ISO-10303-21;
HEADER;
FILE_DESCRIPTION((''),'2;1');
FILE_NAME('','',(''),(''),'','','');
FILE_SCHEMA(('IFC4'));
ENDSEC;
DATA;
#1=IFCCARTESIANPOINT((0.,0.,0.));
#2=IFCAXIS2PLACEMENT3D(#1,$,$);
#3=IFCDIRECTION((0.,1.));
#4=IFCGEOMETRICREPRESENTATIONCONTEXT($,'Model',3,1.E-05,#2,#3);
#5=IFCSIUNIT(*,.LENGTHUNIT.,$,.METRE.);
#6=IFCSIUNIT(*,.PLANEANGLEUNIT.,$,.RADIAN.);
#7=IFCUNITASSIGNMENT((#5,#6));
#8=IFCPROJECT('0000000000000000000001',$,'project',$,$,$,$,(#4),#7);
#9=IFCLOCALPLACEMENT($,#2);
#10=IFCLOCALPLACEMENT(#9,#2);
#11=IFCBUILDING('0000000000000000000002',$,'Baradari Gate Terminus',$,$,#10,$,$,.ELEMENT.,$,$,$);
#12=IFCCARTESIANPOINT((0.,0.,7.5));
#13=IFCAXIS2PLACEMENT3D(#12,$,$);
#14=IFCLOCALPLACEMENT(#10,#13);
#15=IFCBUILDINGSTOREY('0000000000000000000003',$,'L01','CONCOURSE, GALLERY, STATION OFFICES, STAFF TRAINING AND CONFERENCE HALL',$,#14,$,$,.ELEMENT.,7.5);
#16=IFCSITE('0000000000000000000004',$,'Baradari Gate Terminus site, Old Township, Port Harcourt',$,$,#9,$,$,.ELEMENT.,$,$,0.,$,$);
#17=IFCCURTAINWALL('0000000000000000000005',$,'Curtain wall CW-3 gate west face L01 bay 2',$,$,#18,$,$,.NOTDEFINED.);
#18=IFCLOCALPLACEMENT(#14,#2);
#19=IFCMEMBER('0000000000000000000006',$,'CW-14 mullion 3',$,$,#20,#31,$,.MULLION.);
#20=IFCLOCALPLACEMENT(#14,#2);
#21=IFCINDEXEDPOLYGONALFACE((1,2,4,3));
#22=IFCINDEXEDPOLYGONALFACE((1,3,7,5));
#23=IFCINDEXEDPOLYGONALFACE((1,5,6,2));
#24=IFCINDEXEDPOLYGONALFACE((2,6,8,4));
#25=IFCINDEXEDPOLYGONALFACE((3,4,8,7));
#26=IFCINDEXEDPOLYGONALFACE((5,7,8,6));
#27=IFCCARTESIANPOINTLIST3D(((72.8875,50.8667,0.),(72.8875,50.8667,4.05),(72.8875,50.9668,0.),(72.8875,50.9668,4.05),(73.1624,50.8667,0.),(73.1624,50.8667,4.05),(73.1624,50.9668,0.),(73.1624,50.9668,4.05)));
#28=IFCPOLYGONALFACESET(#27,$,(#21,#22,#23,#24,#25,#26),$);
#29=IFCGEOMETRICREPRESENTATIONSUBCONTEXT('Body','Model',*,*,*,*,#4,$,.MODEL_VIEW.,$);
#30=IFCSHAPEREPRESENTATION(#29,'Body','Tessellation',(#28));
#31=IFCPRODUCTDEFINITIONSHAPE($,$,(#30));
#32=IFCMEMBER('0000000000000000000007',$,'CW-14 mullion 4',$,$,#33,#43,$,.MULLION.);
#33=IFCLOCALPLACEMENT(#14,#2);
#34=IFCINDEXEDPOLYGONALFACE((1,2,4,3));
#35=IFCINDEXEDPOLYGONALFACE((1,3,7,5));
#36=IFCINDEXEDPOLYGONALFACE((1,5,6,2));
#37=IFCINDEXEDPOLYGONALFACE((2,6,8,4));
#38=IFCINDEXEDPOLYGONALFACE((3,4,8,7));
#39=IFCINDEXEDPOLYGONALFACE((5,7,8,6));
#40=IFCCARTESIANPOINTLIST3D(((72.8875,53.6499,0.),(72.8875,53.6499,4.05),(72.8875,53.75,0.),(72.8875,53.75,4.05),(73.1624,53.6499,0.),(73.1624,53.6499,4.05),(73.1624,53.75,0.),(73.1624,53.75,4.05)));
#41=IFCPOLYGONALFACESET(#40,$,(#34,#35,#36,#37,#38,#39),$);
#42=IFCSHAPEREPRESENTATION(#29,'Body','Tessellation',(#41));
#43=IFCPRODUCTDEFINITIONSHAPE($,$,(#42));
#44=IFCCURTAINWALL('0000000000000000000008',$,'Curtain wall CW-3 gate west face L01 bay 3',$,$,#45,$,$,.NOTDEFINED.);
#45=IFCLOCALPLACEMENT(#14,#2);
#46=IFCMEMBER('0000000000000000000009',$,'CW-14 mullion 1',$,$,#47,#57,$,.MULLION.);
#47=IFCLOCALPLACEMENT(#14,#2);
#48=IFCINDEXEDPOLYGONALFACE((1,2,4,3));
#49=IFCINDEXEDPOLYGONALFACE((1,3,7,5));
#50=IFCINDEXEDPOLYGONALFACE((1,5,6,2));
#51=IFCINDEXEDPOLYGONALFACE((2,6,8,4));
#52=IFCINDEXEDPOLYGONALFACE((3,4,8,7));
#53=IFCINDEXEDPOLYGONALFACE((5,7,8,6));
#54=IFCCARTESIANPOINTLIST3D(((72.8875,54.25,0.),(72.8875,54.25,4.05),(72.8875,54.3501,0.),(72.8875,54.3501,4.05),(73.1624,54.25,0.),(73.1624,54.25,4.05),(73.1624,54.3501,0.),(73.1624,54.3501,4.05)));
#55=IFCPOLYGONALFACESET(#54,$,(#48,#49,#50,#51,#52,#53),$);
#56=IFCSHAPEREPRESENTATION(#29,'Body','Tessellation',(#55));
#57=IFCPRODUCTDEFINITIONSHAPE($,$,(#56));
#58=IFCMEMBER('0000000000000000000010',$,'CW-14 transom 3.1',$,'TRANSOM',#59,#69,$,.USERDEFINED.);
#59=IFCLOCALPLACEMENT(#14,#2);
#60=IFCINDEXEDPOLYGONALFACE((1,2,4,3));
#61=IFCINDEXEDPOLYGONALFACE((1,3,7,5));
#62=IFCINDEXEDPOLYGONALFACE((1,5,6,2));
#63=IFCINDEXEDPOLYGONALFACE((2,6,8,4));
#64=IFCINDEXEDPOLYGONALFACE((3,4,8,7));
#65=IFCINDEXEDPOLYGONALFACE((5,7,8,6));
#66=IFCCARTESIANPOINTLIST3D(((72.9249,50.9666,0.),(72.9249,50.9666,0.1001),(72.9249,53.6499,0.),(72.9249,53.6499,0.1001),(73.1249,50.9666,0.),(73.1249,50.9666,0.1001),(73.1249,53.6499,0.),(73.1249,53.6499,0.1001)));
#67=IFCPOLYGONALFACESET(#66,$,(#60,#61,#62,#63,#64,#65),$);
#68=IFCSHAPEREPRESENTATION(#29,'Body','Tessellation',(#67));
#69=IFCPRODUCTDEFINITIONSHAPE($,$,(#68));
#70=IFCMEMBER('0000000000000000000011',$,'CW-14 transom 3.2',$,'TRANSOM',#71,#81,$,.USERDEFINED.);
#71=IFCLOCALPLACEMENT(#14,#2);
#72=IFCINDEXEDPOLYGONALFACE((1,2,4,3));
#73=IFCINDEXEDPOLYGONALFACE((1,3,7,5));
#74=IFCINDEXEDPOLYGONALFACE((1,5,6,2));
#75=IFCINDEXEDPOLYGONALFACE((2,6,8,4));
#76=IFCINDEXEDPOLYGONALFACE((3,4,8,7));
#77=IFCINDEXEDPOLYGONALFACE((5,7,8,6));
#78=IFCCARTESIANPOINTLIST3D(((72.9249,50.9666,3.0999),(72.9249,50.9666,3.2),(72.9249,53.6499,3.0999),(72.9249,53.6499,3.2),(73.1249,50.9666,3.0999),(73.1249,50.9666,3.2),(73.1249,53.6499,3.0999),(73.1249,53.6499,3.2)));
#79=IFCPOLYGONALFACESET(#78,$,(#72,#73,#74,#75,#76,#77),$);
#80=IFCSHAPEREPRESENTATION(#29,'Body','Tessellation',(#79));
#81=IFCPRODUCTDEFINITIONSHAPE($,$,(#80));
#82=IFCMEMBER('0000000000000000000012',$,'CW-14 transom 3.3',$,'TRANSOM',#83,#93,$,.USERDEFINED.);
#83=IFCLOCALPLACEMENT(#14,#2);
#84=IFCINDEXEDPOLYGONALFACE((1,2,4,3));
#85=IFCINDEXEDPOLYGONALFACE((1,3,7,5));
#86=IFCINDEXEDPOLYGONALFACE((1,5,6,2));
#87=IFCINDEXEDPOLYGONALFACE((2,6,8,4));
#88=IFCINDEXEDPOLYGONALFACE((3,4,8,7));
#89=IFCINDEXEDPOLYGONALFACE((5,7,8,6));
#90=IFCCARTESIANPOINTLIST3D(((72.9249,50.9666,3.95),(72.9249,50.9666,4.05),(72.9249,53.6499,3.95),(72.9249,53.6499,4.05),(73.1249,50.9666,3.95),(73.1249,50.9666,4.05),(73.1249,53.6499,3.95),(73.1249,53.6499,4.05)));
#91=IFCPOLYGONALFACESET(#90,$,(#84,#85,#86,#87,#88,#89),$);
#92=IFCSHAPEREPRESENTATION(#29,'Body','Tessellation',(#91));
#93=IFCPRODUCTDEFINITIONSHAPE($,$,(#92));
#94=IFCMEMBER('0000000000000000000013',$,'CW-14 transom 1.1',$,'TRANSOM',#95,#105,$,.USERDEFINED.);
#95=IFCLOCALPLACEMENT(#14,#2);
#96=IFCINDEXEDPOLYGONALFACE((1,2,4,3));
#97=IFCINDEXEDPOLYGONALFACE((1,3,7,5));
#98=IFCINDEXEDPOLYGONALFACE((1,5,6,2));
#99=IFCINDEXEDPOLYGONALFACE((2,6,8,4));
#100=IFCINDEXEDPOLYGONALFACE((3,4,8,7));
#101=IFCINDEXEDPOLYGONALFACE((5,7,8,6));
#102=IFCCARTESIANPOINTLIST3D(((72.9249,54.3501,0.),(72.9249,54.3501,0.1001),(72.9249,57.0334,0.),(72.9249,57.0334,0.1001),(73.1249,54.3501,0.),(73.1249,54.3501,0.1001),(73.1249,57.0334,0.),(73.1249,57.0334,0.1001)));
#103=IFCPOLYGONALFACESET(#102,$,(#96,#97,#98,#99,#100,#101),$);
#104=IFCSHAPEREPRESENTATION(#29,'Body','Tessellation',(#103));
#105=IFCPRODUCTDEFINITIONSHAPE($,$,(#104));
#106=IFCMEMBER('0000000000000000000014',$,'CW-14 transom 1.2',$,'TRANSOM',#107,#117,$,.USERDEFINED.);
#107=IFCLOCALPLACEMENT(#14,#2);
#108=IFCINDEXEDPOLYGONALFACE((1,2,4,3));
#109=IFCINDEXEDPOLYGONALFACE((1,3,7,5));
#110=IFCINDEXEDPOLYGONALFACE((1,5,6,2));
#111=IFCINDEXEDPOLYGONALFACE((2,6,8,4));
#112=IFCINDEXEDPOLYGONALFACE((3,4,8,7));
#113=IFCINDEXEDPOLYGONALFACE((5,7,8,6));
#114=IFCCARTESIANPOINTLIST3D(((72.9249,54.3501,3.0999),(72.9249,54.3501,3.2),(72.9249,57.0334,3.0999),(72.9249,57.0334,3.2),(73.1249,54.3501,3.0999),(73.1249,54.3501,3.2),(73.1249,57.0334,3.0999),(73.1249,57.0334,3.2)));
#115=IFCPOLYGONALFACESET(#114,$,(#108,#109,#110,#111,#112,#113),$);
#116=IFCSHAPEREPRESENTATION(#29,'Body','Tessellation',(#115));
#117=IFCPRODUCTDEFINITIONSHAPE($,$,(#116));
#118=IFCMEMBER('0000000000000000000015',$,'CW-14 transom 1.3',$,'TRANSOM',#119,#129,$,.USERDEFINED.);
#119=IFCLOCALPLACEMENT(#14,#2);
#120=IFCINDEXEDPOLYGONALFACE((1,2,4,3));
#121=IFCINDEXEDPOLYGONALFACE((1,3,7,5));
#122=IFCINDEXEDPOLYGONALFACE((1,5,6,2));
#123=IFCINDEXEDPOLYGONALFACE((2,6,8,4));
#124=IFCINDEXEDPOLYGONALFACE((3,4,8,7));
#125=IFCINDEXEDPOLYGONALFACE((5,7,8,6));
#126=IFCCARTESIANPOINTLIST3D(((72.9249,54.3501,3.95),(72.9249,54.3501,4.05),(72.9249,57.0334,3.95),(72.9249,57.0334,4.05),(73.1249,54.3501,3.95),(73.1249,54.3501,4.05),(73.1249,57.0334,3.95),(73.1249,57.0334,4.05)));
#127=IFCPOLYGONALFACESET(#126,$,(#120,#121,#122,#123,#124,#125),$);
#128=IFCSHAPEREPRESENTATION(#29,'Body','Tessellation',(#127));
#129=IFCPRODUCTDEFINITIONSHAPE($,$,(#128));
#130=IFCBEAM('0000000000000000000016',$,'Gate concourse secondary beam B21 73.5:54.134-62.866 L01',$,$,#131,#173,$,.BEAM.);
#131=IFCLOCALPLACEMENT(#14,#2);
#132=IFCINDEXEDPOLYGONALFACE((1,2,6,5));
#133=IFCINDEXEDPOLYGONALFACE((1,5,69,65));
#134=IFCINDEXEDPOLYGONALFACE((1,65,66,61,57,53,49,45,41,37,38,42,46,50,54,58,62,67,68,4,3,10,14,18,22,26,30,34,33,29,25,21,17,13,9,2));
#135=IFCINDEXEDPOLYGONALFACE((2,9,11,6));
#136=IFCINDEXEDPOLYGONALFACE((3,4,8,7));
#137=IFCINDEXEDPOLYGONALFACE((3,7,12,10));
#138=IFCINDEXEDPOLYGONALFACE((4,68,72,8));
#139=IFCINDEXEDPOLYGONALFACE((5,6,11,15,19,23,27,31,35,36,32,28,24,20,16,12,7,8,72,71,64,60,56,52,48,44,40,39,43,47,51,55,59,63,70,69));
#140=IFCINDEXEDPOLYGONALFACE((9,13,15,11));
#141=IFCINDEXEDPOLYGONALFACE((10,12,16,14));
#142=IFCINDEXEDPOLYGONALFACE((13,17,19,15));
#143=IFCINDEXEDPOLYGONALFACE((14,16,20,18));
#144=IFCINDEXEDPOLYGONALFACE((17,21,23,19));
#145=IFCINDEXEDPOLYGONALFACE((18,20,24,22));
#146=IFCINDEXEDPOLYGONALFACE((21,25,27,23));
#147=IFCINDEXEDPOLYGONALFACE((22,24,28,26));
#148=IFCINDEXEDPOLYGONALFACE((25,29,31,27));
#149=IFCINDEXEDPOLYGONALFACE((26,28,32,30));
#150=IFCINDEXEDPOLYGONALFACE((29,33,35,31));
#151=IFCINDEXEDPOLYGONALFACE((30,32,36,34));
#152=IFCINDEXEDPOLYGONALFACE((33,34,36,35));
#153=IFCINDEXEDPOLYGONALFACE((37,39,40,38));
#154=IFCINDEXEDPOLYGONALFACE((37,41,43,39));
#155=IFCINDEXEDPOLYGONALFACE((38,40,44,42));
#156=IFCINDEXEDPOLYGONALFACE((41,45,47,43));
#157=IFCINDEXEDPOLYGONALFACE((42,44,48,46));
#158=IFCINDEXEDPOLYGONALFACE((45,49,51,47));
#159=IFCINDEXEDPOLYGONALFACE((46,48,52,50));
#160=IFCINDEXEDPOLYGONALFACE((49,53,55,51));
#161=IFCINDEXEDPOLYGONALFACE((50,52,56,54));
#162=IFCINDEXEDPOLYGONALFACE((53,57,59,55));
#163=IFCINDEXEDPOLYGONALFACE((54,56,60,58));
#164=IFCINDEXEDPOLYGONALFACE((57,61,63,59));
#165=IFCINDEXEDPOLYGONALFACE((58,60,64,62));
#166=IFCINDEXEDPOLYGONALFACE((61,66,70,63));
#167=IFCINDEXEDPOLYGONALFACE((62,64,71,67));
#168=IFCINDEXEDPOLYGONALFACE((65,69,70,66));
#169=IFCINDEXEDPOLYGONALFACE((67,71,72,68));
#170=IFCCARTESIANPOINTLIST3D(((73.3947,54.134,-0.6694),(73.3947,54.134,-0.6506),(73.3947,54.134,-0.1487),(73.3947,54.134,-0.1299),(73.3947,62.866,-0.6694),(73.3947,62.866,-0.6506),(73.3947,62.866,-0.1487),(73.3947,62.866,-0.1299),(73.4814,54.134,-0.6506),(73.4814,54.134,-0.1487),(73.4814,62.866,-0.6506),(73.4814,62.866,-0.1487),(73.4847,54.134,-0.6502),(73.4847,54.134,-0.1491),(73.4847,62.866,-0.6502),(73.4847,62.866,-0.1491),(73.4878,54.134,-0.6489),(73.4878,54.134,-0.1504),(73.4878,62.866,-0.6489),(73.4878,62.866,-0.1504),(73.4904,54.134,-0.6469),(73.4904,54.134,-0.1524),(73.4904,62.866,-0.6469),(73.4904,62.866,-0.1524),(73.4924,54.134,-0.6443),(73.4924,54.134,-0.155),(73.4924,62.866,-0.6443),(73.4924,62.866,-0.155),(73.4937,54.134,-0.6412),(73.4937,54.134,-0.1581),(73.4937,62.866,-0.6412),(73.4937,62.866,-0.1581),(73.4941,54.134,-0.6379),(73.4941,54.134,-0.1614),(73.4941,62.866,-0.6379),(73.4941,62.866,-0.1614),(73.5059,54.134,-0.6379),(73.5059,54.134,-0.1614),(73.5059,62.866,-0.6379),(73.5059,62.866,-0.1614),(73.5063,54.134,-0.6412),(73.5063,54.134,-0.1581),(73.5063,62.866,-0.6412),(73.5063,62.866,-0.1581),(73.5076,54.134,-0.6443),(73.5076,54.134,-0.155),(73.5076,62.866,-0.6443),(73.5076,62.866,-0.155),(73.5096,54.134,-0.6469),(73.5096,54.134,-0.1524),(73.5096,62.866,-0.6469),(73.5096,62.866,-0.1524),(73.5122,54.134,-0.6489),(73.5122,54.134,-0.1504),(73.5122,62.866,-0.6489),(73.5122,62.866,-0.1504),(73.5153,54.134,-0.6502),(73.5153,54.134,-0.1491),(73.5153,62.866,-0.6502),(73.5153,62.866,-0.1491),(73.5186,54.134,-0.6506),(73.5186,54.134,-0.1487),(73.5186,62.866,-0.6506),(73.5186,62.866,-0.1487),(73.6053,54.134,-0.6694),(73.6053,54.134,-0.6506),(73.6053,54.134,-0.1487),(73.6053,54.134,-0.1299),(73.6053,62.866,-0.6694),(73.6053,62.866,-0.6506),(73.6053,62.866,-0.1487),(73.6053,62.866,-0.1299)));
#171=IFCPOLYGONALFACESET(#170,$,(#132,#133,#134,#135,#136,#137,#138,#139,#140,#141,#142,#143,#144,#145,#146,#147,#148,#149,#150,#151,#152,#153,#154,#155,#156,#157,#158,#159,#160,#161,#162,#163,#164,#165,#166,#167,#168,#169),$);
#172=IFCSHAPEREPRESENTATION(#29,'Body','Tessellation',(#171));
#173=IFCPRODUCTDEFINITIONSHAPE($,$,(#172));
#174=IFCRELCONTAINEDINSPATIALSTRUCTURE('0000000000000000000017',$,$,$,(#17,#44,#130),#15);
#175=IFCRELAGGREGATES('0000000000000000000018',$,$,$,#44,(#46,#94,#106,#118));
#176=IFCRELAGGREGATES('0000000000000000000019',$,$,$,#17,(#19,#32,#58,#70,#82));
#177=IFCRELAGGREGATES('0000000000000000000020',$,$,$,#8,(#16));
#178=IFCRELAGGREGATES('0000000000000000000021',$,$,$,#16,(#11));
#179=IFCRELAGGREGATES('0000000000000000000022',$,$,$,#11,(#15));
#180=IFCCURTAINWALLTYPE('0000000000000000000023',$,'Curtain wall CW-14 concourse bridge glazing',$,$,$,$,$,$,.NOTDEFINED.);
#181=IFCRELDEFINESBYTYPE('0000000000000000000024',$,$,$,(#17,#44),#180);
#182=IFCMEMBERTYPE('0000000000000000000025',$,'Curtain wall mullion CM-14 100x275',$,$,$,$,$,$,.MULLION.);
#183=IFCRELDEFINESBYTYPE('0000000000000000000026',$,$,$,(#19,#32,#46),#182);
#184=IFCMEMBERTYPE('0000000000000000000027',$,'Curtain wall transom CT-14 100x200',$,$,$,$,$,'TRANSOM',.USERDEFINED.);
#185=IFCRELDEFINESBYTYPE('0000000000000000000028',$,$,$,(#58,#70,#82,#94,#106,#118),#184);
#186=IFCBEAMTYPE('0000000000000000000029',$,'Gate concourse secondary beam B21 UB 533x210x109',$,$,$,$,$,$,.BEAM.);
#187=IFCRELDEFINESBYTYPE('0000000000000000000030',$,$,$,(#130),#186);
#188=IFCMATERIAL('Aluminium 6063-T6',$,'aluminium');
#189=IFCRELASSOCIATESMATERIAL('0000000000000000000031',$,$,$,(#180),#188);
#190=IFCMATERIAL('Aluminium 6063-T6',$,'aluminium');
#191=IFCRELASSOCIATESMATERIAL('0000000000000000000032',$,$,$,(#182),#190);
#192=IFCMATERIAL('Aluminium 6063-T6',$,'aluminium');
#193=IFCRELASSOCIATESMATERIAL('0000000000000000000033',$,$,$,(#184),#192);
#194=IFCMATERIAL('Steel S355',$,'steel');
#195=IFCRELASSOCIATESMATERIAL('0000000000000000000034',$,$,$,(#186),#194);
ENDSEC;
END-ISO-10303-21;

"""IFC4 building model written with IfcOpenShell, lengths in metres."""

from ifc_helpers import new_model, si_unit, direction, frame, origin, origin_2d, place, context, subcontext, project, spatial, rectangle, i_section, extrude, material, material_profile, profile_set, type_object, element, aggregate, save


model = new_model("IFC4")

# Units and contexts
model_context = context("Model", 3, precision=1e-05, world=origin(), true_north=direction((0.0, 1.0)))
body_context = subcontext(model_context, "Body", "Model", "MODEL_VIEW")
ifc_project = project(units=[si_unit("LENGTHUNIT", "METRE"), si_unit("PLANEANGLEUNIT", "RADIAN")], contexts=[model_context])

# Site, building, storey
site_placement = place(None, origin())
site = spatial("IfcSite", under=ifc_project, at=site_placement, Name="Baradari Gate Terminus site, Old Township, Port Harcourt", CompositionType="ELEMENT", RefElevation=0.0)
building_placement = place(site_placement, origin())
building = spatial("IfcBuilding", under=site, at=building_placement, Name="Baradari Gate Terminus", CompositionType="ELEMENT")
storey_placement = place(building_placement, frame((0.0, 0.0, 7.5)))
storey = spatial("IfcBuildingStorey", under=building, at=storey_placement, Name="L01", Description="CONCOURSE, GALLERY, STATION OFFICES, STAFF TRAINING AND CONFERENCE HALL", CompositionType="ELEMENT", Elevation=7.5)

# Curtain wall, members
ifc_material_1 = material(Name="Aluminium 6063-T6", Category="aluminium")
curtain_wall_type = type_object("IfcCurtainWallType", Name="Curtain wall CW-14 concourse bridge glazing", PredefinedType="NOTDEFINED", material=ifc_material_1)
curtain_wall_1_placement = place(storey_placement, origin())
curtain_wall_1 = element("IfcCurtainWall", 1, at=curtain_wall_1_placement, inside=storey, type_object=curtain_wall_type, Name="Curtain wall CW-3 gate west face L01 bay 2", PredefinedType="NOTDEFINED")
ifc_material_2 = material(Name="Aluminium 6063-T6", Category="aluminium")
ifc_material_profile_1 = material_profile(ifc_material_2, rectangle(XDim=0.2749, YDim=0.1001, at=origin_2d()), Name="CM-14 100X275")
ifc_profile_set_1 = profile_set([ifc_material_profile_1], Name="Aluminium 6063-T6")
member_type_1 = type_object("IfcMemberType", Name="Curtain wall mullion CM-14 100x275", PredefinedType="MULLION", material=ifc_profile_set_1)
member_1_placement = place(storey_placement, frame((73.0249, 50.9167, 0.0), z_axis=(0.0, 0.0, 1.0), x_axis=(-1.0, 0.0, 0.0)))
member_1 = element("IfcMember", 2, at=member_1_placement, type_object=member_type_1, Name="CW-14 mullion 3", PredefinedType="MULLION", context=body_context, shape_type="SweptSolid", body=[
    extrude(rectangle(XDim=0.2749, YDim=0.1001, at=origin_2d()), origin(), (0.0, 0.0, 1.0), 4.05),
])
member_2_placement = place(storey_placement, frame((73.0249, 53.7, 0.0), z_axis=(0.0, 0.0, 1.0), x_axis=(-1.0, 0.0, 0.0)))
member_2 = element("IfcMember", 3, at=member_2_placement, type_object=member_type_1, Name="CW-14 mullion 4", PredefinedType="MULLION", context=body_context, shape_type="SweptSolid", body=[
    extrude(rectangle(XDim=0.2749, YDim=0.1001, at=origin_2d()), origin(), (0.0, 0.0, 1.0), 4.05),
])

# Curtain wall, member
curtain_wall_2_placement = place(storey_placement, origin())
curtain_wall_2 = element("IfcCurtainWall", 4, at=curtain_wall_2_placement, inside=storey, type_object=curtain_wall_type, Name="Curtain wall CW-3 gate west face L01 bay 3", PredefinedType="NOTDEFINED")
member_3_placement = place(storey_placement, frame((73.0249, 54.3, 0.0), z_axis=(0.0, 0.0, 1.0), x_axis=(-1.0, 0.0, 0.0)))
member_3 = element("IfcMember", 5, at=member_3_placement, type_object=member_type_1, Name="CW-14 mullion 1", PredefinedType="MULLION", context=body_context, shape_type="SweptSolid", body=[
    extrude(rectangle(XDim=0.2749, YDim=0.1001, at=origin_2d()), origin(), (0.0, 0.0, 1.0), 4.05),
])

# Members
ifc_material_3 = material(Name="Aluminium 6063-T6", Category="aluminium")
ifc_material_profile_2 = material_profile(ifc_material_3, rectangle(XDim=0.2, YDim=0.1001, at=origin_2d()), Name="CT-14 100X200")
ifc_profile_set_2 = profile_set([ifc_material_profile_2], Name="Aluminium 6063-T6")
member_type_2 = type_object("IfcMemberType", Name="Curtain wall transom CT-14 100x200", ElementType="TRANSOM", PredefinedType="USERDEFINED", material=ifc_profile_set_2)
member_4_placement = place(storey_placement, frame((73.0249, 50.9666, 0.05), z_axis=(0.0, 1.0, 0.0), x_axis=(-1.0, 0.0, 0.0)))
member_4 = element("IfcMember", 6, at=member_4_placement, type_object=member_type_2, Name="CW-14 transom 3.1", ObjectType="TRANSOM", PredefinedType="USERDEFINED", context=body_context, shape_type="SweptSolid", body=[
    extrude(rectangle(XDim=0.2, YDim=0.1001, at=origin_2d()), origin(), (0.0, 0.0, 1.0), 2.6833),
])
member_5_placement = place(storey_placement, frame((73.0249, 50.9666, 3.1499), z_axis=(0.0, 1.0, 0.0), x_axis=(-1.0, 0.0, 0.0)))
member_5 = element("IfcMember", 7, at=member_5_placement, type_object=member_type_2, Name="CW-14 transom 3.2", ObjectType="TRANSOM", PredefinedType="USERDEFINED", context=body_context, shape_type="SweptSolid", body=[
    extrude(rectangle(XDim=0.2, YDim=0.1001, at=origin_2d()), origin(), (0.0, 0.0, 1.0), 2.6833),
])
member_6_placement = place(storey_placement, frame((73.0249, 50.9666, 4.0), z_axis=(0.0, 1.0, 0.0), x_axis=(-1.0, 0.0, 0.0)))
member_6 = element("IfcMember", 8, at=member_6_placement, type_object=member_type_2, Name="CW-14 transom 3.3", ObjectType="TRANSOM", PredefinedType="USERDEFINED", context=body_context, shape_type="SweptSolid", body=[
    extrude(rectangle(XDim=0.2, YDim=0.1001, at=origin_2d()), origin(), (0.0, 0.0, 1.0), 2.6833),
])
member_7_placement = place(storey_placement, frame((73.0249, 54.3501, 0.05), z_axis=(0.0, 1.0, 0.0), x_axis=(-1.0, 0.0, 0.0)))
member_7 = element("IfcMember", 9, at=member_7_placement, type_object=member_type_2, Name="CW-14 transom 1.1", ObjectType="TRANSOM", PredefinedType="USERDEFINED", context=body_context, shape_type="SweptSolid", body=[
    extrude(rectangle(XDim=0.2, YDim=0.1001, at=origin_2d()), origin(), (0.0, 0.0, 1.0), 2.6833),
])
member_8_placement = place(storey_placement, frame((73.0249, 54.3501, 3.1499), z_axis=(0.0, 1.0, 0.0), x_axis=(-1.0, 0.0, 0.0)))
member_8 = element("IfcMember", 10, at=member_8_placement, type_object=member_type_2, Name="CW-14 transom 1.2", ObjectType="TRANSOM", PredefinedType="USERDEFINED", context=body_context, shape_type="SweptSolid", body=[
    extrude(rectangle(XDim=0.2, YDim=0.1001, at=origin_2d()), origin(), (0.0, 0.0, 1.0), 2.6833),
])
member_9_placement = place(storey_placement, frame((73.0249, 54.3501, 4.0), z_axis=(0.0, 1.0, 0.0), x_axis=(-1.0, 0.0, 0.0)))
member_9 = element("IfcMember", 11, at=member_9_placement, type_object=member_type_2, Name="CW-14 transom 1.3", ObjectType="TRANSOM", PredefinedType="USERDEFINED", context=body_context, shape_type="SweptSolid", body=[
    extrude(rectangle(XDim=0.2, YDim=0.1001, at=origin_2d()), origin(), (0.0, 0.0, 1.0), 2.6833),
])
aggregate(curtain_wall_2, [member_3, member_7, member_8, member_9])

# Beam
ifc_material_4 = material(Name="Steel S355", Category="steel")
ifc_material_profile_3 = material_profile(ifc_material_4, i_section(OverallWidth=0.2107, OverallDepth=0.5396, WebThickness=0.0117, FlangeThickness=0.0188, FilletRadius=0.0127, at=origin_2d()), Name="UB 533x210x109")
ifc_profile_set_3 = profile_set([ifc_material_profile_3], Name="Steel S355")
beam_type = type_object("IfcBeamType", Name="Gate concourse secondary beam B21 UB 533x210x109", PredefinedType="BEAM", material=ifc_profile_set_3)
for number, where, z_axis, x_axis, name in (
    (12, (73.5, 54.134, -0.3997), (0.0, 1.0, 0.0), (-1.0, 0.0, 0.0), "Gate concourse secondary beam B21 73.5:54.134-62.866 L01"),
):
    element("IfcBeam", number, at=place(storey_placement, frame(where, z_axis=z_axis, x_axis=x_axis)), inside=storey, type_object=beam_type, Name=name, PredefinedType="BEAM", context=body_context, shape_type="SweptSolid", body=[
        extrude(i_section(OverallWidth=0.2107, OverallDepth=0.5396, WebThickness=0.0117, FlangeThickness=0.0188, FilletRadius=0.0127, at=origin_2d()), origin(), (0.0, 0.0, 1.0), 8.7319),
    ])

aggregate(curtain_wall_1, [member_1, member_2, member_4, member_5, member_6])

save(model, "model.ifc")
